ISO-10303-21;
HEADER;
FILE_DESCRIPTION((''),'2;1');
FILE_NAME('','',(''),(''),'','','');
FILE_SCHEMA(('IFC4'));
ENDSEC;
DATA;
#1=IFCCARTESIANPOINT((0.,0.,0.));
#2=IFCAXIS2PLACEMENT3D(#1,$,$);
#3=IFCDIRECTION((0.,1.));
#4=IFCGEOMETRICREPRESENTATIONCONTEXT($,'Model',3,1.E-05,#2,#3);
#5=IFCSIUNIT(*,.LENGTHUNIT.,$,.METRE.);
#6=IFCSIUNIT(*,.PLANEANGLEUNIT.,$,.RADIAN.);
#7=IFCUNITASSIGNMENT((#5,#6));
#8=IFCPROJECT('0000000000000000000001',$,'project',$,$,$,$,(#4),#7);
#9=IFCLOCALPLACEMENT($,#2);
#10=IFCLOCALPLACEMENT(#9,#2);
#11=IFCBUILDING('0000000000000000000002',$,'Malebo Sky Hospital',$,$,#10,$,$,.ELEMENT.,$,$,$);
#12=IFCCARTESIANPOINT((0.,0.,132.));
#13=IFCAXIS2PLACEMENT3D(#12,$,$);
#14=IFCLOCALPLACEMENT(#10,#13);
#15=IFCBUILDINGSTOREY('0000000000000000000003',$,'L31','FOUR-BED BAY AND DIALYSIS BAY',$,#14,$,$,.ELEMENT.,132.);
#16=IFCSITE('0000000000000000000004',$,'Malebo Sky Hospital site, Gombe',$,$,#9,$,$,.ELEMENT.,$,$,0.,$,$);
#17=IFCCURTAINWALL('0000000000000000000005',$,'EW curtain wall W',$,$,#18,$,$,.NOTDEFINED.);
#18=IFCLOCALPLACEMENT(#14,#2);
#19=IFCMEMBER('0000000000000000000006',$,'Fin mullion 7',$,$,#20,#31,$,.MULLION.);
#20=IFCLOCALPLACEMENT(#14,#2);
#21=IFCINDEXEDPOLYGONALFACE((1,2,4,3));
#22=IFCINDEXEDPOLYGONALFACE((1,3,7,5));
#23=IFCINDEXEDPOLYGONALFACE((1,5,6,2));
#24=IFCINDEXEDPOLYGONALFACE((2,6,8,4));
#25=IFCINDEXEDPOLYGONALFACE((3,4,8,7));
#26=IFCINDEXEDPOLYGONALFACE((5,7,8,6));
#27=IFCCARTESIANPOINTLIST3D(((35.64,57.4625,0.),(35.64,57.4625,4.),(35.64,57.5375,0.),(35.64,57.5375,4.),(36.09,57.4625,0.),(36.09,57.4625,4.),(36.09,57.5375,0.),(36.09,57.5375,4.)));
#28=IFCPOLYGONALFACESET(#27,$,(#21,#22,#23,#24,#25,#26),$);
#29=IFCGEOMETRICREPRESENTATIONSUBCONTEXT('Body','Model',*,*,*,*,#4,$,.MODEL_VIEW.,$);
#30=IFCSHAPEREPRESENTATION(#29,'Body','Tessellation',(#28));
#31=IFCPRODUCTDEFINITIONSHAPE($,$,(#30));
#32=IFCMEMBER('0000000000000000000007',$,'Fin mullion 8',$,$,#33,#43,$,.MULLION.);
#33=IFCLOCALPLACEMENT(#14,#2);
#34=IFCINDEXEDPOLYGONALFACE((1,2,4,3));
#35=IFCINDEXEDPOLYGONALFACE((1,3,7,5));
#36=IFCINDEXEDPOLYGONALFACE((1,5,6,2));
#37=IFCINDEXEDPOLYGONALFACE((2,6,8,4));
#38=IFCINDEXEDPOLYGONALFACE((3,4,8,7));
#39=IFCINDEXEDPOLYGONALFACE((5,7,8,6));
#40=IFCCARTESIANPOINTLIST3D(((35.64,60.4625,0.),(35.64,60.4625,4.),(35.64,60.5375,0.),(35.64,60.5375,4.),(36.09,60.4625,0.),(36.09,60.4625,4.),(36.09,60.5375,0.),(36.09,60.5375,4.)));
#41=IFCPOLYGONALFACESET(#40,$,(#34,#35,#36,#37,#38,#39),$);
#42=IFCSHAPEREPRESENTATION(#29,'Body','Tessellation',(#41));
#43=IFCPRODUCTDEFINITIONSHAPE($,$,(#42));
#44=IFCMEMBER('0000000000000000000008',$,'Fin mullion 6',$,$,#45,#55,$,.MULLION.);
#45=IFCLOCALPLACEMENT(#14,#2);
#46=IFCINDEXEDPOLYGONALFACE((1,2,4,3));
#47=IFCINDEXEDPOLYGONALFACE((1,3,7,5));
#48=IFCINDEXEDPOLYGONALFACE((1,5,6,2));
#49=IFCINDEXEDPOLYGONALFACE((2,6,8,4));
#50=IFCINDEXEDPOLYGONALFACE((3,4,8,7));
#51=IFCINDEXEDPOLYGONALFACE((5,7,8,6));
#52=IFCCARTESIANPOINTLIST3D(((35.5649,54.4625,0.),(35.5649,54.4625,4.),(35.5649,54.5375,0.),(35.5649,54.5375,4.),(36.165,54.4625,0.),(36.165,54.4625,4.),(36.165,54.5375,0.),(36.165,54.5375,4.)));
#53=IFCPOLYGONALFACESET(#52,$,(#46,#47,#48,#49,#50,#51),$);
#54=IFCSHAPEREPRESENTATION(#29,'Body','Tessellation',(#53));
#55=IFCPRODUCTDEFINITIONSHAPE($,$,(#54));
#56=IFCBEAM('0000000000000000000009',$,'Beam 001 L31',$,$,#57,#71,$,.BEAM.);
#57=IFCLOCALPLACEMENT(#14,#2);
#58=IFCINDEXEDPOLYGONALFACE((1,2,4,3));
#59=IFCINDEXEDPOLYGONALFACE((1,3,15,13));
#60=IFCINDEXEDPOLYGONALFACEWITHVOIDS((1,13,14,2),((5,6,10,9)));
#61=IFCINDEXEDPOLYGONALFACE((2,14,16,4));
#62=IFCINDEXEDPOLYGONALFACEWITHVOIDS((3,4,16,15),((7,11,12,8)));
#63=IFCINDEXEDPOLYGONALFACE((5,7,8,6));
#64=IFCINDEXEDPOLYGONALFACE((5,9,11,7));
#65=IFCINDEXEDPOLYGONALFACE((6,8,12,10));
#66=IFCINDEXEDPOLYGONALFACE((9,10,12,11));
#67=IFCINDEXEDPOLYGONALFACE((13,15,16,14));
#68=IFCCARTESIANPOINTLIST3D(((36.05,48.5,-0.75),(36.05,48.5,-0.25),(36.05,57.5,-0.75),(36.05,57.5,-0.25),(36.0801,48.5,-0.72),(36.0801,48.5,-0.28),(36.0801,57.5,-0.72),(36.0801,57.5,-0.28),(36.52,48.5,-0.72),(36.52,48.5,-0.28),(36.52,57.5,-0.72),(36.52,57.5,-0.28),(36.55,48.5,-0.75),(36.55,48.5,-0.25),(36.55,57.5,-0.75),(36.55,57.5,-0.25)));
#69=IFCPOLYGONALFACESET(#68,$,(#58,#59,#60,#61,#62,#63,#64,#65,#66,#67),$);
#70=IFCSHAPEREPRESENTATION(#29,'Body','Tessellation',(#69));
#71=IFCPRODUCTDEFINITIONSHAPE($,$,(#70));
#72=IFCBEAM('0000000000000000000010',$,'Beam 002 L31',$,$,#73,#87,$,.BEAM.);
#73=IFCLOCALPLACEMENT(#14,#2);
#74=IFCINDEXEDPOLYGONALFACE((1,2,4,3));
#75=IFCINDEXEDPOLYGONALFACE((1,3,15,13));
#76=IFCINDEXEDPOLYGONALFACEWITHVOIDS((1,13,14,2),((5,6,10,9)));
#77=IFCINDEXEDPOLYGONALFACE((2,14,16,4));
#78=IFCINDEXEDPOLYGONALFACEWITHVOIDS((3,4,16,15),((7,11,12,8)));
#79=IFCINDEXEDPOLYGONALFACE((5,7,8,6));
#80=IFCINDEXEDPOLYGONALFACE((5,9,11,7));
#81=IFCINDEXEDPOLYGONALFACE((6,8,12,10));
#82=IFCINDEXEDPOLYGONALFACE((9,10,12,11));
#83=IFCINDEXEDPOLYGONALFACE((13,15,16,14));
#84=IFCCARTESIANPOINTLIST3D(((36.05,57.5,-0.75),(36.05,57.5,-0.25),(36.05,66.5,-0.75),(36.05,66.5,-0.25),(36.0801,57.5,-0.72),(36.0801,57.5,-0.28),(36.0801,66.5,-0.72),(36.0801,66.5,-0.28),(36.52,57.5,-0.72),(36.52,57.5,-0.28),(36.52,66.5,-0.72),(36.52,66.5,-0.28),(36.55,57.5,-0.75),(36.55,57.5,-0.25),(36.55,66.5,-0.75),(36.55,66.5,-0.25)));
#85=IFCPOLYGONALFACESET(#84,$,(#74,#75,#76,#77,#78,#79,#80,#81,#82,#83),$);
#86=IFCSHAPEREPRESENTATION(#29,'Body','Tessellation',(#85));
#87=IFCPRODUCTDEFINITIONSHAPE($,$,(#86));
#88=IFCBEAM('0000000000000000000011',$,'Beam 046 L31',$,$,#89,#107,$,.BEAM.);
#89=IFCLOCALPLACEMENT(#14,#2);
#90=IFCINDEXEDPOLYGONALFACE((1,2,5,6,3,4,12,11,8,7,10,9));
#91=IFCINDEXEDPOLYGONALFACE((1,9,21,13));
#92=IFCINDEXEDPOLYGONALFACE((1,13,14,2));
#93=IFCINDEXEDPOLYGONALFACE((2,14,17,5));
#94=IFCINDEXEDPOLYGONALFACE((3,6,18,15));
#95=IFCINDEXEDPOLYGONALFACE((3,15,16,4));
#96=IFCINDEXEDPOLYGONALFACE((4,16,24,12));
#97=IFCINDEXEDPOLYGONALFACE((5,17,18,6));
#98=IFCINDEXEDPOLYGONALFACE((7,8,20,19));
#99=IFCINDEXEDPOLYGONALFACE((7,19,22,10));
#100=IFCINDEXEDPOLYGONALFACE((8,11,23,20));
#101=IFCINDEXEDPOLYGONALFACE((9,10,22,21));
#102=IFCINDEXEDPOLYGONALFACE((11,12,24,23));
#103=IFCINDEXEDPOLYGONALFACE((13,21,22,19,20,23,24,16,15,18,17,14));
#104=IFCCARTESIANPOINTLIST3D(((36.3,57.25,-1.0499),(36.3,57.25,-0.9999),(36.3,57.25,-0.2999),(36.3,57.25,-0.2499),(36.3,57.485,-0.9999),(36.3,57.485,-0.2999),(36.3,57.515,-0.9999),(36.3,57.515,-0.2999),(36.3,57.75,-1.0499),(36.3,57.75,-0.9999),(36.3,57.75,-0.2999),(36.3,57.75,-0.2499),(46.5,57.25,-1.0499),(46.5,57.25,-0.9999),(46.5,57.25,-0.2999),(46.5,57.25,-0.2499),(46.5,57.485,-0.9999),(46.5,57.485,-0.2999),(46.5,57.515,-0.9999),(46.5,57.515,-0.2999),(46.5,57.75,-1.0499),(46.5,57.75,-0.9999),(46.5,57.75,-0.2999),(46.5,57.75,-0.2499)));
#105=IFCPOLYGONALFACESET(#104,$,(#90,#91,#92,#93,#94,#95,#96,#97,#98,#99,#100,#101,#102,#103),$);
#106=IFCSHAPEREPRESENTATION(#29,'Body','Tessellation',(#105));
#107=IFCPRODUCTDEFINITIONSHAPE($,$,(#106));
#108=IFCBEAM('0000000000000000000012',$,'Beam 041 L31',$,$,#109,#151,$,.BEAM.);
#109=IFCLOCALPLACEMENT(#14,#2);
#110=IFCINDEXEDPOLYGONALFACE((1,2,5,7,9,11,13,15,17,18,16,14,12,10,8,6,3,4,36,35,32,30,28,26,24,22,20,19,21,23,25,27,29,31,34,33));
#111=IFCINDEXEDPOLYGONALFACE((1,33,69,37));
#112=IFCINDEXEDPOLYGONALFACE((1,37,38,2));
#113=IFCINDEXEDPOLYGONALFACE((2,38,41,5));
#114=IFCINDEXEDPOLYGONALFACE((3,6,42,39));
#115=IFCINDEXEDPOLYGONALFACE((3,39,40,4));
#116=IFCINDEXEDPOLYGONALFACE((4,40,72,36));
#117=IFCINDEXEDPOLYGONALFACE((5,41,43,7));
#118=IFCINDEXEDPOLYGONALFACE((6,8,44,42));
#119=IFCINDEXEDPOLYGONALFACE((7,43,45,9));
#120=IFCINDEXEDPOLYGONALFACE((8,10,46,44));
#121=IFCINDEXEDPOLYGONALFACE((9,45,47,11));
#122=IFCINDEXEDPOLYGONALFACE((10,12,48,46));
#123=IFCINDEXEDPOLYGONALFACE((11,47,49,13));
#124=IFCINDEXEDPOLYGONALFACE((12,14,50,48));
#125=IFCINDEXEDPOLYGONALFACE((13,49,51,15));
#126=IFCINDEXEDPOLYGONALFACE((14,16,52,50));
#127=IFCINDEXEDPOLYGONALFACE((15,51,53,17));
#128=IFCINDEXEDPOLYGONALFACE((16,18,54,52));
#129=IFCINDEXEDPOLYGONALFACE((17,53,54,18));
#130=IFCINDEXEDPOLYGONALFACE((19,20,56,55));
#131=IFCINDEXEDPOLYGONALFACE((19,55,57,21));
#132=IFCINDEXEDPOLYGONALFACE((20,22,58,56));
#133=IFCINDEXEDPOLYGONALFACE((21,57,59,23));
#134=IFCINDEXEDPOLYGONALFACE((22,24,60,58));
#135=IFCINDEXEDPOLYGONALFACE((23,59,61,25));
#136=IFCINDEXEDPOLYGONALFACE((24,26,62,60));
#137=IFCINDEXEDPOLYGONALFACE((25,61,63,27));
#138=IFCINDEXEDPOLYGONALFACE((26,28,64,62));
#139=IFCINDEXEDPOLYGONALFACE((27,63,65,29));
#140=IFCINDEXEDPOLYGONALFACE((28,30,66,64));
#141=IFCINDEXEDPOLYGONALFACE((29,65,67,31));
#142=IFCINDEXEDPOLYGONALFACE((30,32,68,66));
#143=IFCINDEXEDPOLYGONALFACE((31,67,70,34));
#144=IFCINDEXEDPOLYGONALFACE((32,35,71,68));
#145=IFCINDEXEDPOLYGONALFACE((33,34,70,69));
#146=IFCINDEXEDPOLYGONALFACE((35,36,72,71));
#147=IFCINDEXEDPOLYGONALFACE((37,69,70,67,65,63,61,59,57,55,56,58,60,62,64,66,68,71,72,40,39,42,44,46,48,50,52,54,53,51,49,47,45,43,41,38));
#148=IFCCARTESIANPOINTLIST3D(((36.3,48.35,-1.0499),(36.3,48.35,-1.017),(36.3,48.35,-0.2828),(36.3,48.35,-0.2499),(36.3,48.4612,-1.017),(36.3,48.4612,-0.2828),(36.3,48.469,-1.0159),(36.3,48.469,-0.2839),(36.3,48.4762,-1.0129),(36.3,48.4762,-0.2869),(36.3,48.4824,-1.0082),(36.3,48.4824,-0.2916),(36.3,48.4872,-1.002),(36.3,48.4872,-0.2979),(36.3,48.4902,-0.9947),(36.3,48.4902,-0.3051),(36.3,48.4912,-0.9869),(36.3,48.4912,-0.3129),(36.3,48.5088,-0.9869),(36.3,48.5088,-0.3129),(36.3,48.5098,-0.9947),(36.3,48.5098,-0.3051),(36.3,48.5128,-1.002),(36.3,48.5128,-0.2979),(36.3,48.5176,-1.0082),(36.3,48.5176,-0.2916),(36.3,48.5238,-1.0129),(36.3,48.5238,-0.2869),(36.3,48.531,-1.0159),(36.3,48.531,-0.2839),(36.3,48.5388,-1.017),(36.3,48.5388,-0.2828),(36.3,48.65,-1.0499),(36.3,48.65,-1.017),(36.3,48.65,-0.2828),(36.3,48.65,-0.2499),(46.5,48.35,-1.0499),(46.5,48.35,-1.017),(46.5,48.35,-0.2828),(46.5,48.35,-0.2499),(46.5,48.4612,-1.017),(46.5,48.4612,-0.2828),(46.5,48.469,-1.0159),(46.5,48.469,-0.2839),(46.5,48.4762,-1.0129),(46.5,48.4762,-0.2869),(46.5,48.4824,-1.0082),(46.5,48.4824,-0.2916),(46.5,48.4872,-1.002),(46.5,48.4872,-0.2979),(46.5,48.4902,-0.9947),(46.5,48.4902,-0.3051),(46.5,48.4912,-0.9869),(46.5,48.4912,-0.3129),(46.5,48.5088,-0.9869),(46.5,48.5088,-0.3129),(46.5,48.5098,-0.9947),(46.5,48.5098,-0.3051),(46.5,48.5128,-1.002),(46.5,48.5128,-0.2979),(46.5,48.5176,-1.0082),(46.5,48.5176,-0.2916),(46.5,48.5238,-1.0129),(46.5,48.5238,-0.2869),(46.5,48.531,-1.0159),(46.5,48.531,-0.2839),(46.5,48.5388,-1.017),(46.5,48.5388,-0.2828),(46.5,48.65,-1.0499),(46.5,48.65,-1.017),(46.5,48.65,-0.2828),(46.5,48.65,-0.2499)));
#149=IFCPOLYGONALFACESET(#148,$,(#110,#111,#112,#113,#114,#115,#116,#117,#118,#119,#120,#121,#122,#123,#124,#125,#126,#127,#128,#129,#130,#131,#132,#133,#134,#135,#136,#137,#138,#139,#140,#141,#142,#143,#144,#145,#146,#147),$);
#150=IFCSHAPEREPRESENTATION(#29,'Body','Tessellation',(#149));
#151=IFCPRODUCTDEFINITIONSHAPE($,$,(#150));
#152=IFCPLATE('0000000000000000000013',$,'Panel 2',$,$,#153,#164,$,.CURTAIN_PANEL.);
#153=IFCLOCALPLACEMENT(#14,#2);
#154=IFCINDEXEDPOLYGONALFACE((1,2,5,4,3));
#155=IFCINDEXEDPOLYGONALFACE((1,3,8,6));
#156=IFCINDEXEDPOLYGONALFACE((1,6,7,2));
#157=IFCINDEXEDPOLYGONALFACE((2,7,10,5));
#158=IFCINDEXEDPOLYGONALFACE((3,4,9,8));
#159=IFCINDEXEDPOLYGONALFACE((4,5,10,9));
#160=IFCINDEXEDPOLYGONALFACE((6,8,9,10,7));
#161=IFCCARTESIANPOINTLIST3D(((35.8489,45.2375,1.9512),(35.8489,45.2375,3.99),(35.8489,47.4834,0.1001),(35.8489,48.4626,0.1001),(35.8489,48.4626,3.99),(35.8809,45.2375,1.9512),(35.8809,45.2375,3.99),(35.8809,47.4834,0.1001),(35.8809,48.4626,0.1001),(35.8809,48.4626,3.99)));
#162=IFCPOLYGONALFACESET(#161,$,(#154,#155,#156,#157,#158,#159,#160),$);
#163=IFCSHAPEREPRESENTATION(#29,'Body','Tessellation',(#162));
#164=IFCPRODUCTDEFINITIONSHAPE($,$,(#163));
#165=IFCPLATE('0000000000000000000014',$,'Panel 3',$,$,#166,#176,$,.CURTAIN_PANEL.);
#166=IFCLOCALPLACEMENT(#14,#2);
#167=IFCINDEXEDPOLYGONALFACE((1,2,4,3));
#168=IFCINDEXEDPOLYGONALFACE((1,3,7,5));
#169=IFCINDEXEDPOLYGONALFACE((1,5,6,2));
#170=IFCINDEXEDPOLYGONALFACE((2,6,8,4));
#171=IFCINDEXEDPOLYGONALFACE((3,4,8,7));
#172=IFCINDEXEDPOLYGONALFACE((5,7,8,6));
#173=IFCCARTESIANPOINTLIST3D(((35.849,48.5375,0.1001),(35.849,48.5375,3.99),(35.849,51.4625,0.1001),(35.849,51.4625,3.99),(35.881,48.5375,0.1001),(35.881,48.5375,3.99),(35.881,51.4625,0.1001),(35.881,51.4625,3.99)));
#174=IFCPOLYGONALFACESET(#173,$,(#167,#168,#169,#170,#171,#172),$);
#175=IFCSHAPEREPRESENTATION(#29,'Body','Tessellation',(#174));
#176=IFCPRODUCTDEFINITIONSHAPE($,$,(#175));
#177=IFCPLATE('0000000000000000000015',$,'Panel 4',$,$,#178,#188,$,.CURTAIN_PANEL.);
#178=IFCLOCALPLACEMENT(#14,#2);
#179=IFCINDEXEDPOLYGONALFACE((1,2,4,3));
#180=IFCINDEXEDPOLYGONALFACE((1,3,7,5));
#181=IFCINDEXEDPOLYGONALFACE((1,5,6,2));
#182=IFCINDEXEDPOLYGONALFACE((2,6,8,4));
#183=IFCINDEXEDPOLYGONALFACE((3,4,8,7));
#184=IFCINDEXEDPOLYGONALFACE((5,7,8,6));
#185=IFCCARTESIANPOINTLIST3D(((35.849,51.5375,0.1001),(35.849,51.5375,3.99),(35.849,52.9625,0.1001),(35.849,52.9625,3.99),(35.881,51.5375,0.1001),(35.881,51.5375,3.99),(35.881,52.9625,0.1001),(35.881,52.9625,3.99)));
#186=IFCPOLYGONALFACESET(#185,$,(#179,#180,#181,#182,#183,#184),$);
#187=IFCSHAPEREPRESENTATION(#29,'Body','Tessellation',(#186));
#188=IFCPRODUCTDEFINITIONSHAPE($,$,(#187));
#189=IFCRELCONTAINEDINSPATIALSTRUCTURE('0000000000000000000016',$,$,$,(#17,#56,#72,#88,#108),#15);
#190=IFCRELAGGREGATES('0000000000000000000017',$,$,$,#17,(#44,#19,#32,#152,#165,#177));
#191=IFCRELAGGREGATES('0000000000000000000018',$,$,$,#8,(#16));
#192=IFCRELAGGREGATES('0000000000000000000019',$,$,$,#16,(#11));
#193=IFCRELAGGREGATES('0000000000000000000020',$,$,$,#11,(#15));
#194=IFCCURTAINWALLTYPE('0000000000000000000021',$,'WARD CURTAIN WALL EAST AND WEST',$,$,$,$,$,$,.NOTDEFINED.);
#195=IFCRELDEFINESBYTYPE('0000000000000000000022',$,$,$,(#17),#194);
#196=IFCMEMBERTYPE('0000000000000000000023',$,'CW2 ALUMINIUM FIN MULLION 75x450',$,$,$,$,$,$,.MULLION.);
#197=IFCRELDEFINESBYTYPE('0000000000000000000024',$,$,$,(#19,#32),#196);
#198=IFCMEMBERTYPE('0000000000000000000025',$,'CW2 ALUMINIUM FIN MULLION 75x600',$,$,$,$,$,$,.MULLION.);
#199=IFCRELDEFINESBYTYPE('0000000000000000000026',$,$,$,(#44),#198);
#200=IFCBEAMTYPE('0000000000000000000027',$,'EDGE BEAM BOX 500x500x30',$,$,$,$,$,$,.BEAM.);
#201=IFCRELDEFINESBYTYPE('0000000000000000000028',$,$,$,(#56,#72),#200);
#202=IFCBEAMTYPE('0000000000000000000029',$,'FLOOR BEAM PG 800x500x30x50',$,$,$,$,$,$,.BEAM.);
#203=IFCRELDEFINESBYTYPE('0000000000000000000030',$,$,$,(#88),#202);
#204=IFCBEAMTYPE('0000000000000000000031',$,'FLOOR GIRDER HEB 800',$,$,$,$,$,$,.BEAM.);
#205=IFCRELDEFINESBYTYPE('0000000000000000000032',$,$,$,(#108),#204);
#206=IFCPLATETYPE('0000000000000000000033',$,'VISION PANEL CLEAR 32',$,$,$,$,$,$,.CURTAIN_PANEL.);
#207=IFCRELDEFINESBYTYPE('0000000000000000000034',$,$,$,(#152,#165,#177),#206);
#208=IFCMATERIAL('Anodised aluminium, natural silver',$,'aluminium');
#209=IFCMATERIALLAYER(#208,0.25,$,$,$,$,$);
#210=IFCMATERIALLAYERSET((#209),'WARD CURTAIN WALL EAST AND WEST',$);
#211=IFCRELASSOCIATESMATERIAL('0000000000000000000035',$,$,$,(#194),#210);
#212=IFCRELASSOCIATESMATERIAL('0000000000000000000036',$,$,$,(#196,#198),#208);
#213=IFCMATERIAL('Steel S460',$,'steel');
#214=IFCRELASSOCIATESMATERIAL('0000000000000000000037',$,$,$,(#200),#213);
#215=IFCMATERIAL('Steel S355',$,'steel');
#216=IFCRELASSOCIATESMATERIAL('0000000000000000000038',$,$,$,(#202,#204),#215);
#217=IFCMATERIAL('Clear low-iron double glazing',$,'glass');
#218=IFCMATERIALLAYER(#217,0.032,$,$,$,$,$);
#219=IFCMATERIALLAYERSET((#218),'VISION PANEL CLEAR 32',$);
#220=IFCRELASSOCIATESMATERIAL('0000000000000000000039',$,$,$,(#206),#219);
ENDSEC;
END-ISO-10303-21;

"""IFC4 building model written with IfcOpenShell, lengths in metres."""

from ifc_helpers import new_model, si_unit, direction, frame, origin, origin_2d, place, context, subcontext, project, spatial, polyline, rectangle, hollow_rectangle, i_section, outline, extrude, material, layer, layer_set, material_profile, profile_set, type_object, element, aggregate, save


model = new_model("IFC4")

# Units and contexts
model_context = context("Model", 3, precision=1e-05, world=origin(), true_north=direction((0.0, 1.0)))
body_context = subcontext(model_context, "Body", "Model", "MODEL_VIEW")
ifc_project = project(units=[si_unit("LENGTHUNIT", "METRE"), si_unit("PLANEANGLEUNIT", "RADIAN")], contexts=[model_context])

# Site, building, storey
site_placement = place(None, origin())
site = spatial("IfcSite", under=ifc_project, at=site_placement, Name="Malebo Sky Hospital site, Gombe", CompositionType="ELEMENT", RefElevation=0.0)
building_placement = place(site_placement, origin())
building = spatial("IfcBuilding", under=site, at=building_placement, Name="Malebo Sky Hospital", CompositionType="ELEMENT")
storey_placement = place(building_placement, frame((0.0, 0.0, 132.0)))
storey = spatial("IfcBuildingStorey", under=building, at=storey_placement, Name="L31", Description="FOUR-BED BAY AND DIALYSIS BAY", CompositionType="ELEMENT", Elevation=132.0)

# Shared definitions
ifc_material_1 = material(Name="Steel S460", Category="steel")

# Curtain wall
ifc_material_2 = material(Name="Anodised aluminium, natural silver", Category="aluminium")
ifc_layer_1 = layer(ifc_material_2, 0.25)
ifc_layer_set_1 = layer_set([ifc_layer_1], Name="WARD CURTAIN WALL EAST AND WEST")
curtain_wall_type = type_object("IfcCurtainWallType", Name="WARD CURTAIN WALL EAST AND WEST", PredefinedType="NOTDEFINED", material=ifc_layer_set_1)
curtain_wall_placement = place(storey_placement, origin())
curtain_wall = element("IfcCurtainWall", 1, at=curtain_wall_placement, inside=storey, type_object=curtain_wall_type, Name="EW curtain wall W", PredefinedType="NOTDEFINED")

# Members
ifc_material_3 = material(Name="Steel S355", Category="steel")
ifc_material_profile_1 = material_profile(ifc_material_2, rectangle(XDim=0.075, YDim=0.45, at=origin_2d()), Name="CW2 ALUMINIUM FIN MULLION 75x450")
ifc_profile_set_1 = profile_set([ifc_material_profile_1], Name="Anodised aluminium, natural silver")
member_type_1 = type_object("IfcMemberType", Name="CW2 ALUMINIUM FIN MULLION 75x450", PredefinedType="MULLION", material=ifc_profile_set_1)
member_1_placement = place(storey_placement, frame((35.865, 57.5, 0.0), z_axis=(0.0, 0.0, 1.0), x_axis=(0.0, 1.0, 0.0)))
member_1 = element("IfcMember", 2, at=member_1_placement, type_object=member_type_1, Name="Fin mullion 7", PredefinedType="MULLION", context=body_context, shape_type="SweptSolid", body=[
    extrude(rectangle(XDim=0.075, YDim=0.45, at=origin_2d()), origin(), (0.0, 0.0, 1.0), 4.0),
])
member_2_placement = place(storey_placement, frame((35.865, 60.5, 0.0), z_axis=(0.0, 0.0, 1.0), x_axis=(0.0, 1.0, 0.0)))
member_2 = element("IfcMember", 3, at=member_2_placement, type_object=member_type_1, Name="Fin mullion 8", PredefinedType="MULLION", context=body_context, shape_type="SweptSolid", body=[
    extrude(rectangle(XDim=0.075, YDim=0.45, at=origin_2d()), origin(), (0.0, 0.0, 1.0), 4.0),
])
ifc_material_profile_2 = material_profile(ifc_material_2, rectangle(XDim=0.075, YDim=0.6001, at=origin_2d()), Name="CW2 ALUMINIUM FIN MULLION 75x600")
ifc_profile_set_2 = profile_set([ifc_material_profile_2], Name="Anodised aluminium, natural silver")
member_type_2 = type_object("IfcMemberType", Name="CW2 ALUMINIUM FIN MULLION 75x600", PredefinedType="MULLION", material=ifc_profile_set_2)
member_3_placement = place(storey_placement, frame((35.865, 54.5, 0.0), z_axis=(0.0, 0.0, 1.0), x_axis=(0.0, 1.0, 0.0)))
member_3 = element("IfcMember", 4, at=member_3_placement, type_object=member_type_2, Name="Fin mullion 6", PredefinedType="MULLION", context=body_context, shape_type="SweptSolid", body=[
    extrude(rectangle(XDim=0.075, YDim=0.6001, at=origin_2d()), origin(), (0.0, 0.0, 1.0), 4.0),
])

# Beams
ifc_material_profile_3 = material_profile(ifc_material_1, hollow_rectangle(XDim=0.5, YDim=0.5, WallThickness=0.03, at=origin_2d()), Name="BOX 500x500x30")
ifc_profile_set_3 = profile_set([ifc_material_profile_3], Name="Steel S460")
beam_type_1 = type_object("IfcBeamType", Name="EDGE BEAM BOX 500x500x30", PredefinedType="BEAM", material=ifc_profile_set_3)
for number, where, z_axis, x_axis, name in (
    (5, (36.3, 48.5, -0.5), (0.0, 1.0, 0.0), (-1.0, 0.0, 0.0), "Beam 001 L31"),
    (6, (36.3, 57.5, -0.5), (0.0, 1.0, 0.0), (-1.0, 0.0, 0.0), "Beam 002 L31"),
):
    element("IfcBeam", number, at=place(storey_placement, frame(where, z_axis=z_axis, x_axis=x_axis)), inside=storey, type_object=beam_type_1, Name=name, PredefinedType="BEAM", context=body_context, shape_type="SweptSolid", body=[
        extrude(hollow_rectangle(XDim=0.5, YDim=0.5, WallThickness=0.03, at=origin_2d()), origin(), (0.0, 0.0, 1.0), 9.0),
    ])
ifc_material_profile_4 = material_profile(ifc_material_3, i_section(OverallWidth=0.5, OverallDepth=0.8, WebThickness=0.03, FlangeThickness=0.05, at=origin_2d()), Name="PG 800x500x30x50")
ifc_profile_set_4 = profile_set([ifc_material_profile_4], Name="Steel S355")
beam_type_2 = type_object("IfcBeamType", Name="FLOOR BEAM PG 800x500x30x50", PredefinedType="BEAM", material=ifc_profile_set_4)
beam_1_placement = place(storey_placement, frame((36.3, 57.5, -0.6499), z_axis=(1.0, 0.0, 0.0), x_axis=(0.0, 1.0, 0.0)))
element("IfcBeam", 7, at=beam_1_placement, inside=storey, type_object=beam_type_2, Name="Beam 046 L31", PredefinedType="BEAM", context=body_context, shape_type="SweptSolid", body=[
    extrude(i_section(OverallWidth=0.5, OverallDepth=0.8, WebThickness=0.03, FlangeThickness=0.05, at=origin_2d()), origin(), (0.0, 0.0, 1.0), 10.2),
])
ifc_material_profile_5 = material_profile(ifc_material_3, i_section(OverallWidth=0.3, OverallDepth=0.8, WebThickness=0.0176, FlangeThickness=0.033, FilletRadius=0.03, at=origin_2d()), Name="HEB 800")
ifc_profile_set_5 = profile_set([ifc_material_profile_5], Name="Steel S355")
beam_type_3 = type_object("IfcBeamType", Name="FLOOR GIRDER HEB 800", PredefinedType="BEAM", material=ifc_profile_set_5)
beam_2_placement = place(storey_placement, frame((36.3, 48.5, -0.6499), z_axis=(1.0, 0.0, 0.0), x_axis=(0.0, 1.0, 0.0)))
element("IfcBeam", 8, at=beam_2_placement, inside=storey, type_object=beam_type_3, Name="Beam 041 L31", PredefinedType="BEAM", context=body_context, shape_type="SweptSolid", body=[
    extrude(i_section(OverallWidth=0.3, OverallDepth=0.8, WebThickness=0.0176, FlangeThickness=0.033, FilletRadius=0.03, at=origin_2d()), origin(), (0.0, 0.0, 1.0), 10.2),
])

# Plates
ifc_material_4 = material(Name="Clear low-iron double glazing", Category="glass")
ifc_layer_2 = layer(ifc_material_4, 0.032)
ifc_layer_set_2 = layer_set([ifc_layer_2], Name="VISION PANEL CLEAR 32")
plate_type = type_object("IfcPlateType", Name="VISION PANEL CLEAR 32", PredefinedType="CURTAIN_PANEL", material=ifc_layer_set_2)
plate_1_placement = place(storey_placement, frame((35.865, 46.8501, 0.1001), z_axis=(0.0, 0.0, 1.0), x_axis=(0.0, 1.0, 0.0)))
plate_1 = element("IfcPlate", 9, at=plate_1_placement, type_object=plate_type, Name="Panel 2", PredefinedType="CURTAIN_PANEL", context=body_context, shape_type="SweptSolid", body=[
    extrude(outline(polyline([(0.6333, 0.0), (1.6125, 0.0), (1.6125, 3.8899), (-1.6125, 3.8899), (-1.6125, 1.8511), (0.6333, 0.0)])), frame((0.0, 0.0161, 0.0), z_axis=(0.0, -1.0, 0.0), x_axis=(1.0, 0.0, 0.0)), (0.0, 0.0, 1.0), 0.032),
])
plate_2_placement = place(storey_placement, frame((35.865, 50.0, 0.1001), z_axis=(0.0, 0.0, 1.0), x_axis=(0.0, 1.0, 0.0)))
plate_2 = element("IfcPlate", 10, at=plate_2_placement, type_object=plate_type, Name="Panel 3", PredefinedType="CURTAIN_PANEL", context=body_context, shape_type="SweptSolid", body=[
    extrude(rectangle(XDim=2.925, YDim=0.032, at=origin_2d()), origin(), (0.0, 0.0, 1.0), 3.8899),
])
plate_3_placement = place(storey_placement, frame((35.865, 52.25, 0.1001), z_axis=(0.0, 0.0, 1.0), x_axis=(0.0, 1.0, 0.0)))
plate_3 = element("IfcPlate", 11, at=plate_3_placement, type_object=plate_type, Name="Panel 4", PredefinedType="CURTAIN_PANEL", context=body_context, shape_type="SweptSolid", body=[
    extrude(rectangle(XDim=1.425, YDim=0.032, at=origin_2d()), origin(), (0.0, 0.0, 1.0), 3.8899),
])
aggregate(curtain_wall, [member_3, member_1, member_2, plate_1, plate_2, plate_3])

save(model, "model.ifc")
